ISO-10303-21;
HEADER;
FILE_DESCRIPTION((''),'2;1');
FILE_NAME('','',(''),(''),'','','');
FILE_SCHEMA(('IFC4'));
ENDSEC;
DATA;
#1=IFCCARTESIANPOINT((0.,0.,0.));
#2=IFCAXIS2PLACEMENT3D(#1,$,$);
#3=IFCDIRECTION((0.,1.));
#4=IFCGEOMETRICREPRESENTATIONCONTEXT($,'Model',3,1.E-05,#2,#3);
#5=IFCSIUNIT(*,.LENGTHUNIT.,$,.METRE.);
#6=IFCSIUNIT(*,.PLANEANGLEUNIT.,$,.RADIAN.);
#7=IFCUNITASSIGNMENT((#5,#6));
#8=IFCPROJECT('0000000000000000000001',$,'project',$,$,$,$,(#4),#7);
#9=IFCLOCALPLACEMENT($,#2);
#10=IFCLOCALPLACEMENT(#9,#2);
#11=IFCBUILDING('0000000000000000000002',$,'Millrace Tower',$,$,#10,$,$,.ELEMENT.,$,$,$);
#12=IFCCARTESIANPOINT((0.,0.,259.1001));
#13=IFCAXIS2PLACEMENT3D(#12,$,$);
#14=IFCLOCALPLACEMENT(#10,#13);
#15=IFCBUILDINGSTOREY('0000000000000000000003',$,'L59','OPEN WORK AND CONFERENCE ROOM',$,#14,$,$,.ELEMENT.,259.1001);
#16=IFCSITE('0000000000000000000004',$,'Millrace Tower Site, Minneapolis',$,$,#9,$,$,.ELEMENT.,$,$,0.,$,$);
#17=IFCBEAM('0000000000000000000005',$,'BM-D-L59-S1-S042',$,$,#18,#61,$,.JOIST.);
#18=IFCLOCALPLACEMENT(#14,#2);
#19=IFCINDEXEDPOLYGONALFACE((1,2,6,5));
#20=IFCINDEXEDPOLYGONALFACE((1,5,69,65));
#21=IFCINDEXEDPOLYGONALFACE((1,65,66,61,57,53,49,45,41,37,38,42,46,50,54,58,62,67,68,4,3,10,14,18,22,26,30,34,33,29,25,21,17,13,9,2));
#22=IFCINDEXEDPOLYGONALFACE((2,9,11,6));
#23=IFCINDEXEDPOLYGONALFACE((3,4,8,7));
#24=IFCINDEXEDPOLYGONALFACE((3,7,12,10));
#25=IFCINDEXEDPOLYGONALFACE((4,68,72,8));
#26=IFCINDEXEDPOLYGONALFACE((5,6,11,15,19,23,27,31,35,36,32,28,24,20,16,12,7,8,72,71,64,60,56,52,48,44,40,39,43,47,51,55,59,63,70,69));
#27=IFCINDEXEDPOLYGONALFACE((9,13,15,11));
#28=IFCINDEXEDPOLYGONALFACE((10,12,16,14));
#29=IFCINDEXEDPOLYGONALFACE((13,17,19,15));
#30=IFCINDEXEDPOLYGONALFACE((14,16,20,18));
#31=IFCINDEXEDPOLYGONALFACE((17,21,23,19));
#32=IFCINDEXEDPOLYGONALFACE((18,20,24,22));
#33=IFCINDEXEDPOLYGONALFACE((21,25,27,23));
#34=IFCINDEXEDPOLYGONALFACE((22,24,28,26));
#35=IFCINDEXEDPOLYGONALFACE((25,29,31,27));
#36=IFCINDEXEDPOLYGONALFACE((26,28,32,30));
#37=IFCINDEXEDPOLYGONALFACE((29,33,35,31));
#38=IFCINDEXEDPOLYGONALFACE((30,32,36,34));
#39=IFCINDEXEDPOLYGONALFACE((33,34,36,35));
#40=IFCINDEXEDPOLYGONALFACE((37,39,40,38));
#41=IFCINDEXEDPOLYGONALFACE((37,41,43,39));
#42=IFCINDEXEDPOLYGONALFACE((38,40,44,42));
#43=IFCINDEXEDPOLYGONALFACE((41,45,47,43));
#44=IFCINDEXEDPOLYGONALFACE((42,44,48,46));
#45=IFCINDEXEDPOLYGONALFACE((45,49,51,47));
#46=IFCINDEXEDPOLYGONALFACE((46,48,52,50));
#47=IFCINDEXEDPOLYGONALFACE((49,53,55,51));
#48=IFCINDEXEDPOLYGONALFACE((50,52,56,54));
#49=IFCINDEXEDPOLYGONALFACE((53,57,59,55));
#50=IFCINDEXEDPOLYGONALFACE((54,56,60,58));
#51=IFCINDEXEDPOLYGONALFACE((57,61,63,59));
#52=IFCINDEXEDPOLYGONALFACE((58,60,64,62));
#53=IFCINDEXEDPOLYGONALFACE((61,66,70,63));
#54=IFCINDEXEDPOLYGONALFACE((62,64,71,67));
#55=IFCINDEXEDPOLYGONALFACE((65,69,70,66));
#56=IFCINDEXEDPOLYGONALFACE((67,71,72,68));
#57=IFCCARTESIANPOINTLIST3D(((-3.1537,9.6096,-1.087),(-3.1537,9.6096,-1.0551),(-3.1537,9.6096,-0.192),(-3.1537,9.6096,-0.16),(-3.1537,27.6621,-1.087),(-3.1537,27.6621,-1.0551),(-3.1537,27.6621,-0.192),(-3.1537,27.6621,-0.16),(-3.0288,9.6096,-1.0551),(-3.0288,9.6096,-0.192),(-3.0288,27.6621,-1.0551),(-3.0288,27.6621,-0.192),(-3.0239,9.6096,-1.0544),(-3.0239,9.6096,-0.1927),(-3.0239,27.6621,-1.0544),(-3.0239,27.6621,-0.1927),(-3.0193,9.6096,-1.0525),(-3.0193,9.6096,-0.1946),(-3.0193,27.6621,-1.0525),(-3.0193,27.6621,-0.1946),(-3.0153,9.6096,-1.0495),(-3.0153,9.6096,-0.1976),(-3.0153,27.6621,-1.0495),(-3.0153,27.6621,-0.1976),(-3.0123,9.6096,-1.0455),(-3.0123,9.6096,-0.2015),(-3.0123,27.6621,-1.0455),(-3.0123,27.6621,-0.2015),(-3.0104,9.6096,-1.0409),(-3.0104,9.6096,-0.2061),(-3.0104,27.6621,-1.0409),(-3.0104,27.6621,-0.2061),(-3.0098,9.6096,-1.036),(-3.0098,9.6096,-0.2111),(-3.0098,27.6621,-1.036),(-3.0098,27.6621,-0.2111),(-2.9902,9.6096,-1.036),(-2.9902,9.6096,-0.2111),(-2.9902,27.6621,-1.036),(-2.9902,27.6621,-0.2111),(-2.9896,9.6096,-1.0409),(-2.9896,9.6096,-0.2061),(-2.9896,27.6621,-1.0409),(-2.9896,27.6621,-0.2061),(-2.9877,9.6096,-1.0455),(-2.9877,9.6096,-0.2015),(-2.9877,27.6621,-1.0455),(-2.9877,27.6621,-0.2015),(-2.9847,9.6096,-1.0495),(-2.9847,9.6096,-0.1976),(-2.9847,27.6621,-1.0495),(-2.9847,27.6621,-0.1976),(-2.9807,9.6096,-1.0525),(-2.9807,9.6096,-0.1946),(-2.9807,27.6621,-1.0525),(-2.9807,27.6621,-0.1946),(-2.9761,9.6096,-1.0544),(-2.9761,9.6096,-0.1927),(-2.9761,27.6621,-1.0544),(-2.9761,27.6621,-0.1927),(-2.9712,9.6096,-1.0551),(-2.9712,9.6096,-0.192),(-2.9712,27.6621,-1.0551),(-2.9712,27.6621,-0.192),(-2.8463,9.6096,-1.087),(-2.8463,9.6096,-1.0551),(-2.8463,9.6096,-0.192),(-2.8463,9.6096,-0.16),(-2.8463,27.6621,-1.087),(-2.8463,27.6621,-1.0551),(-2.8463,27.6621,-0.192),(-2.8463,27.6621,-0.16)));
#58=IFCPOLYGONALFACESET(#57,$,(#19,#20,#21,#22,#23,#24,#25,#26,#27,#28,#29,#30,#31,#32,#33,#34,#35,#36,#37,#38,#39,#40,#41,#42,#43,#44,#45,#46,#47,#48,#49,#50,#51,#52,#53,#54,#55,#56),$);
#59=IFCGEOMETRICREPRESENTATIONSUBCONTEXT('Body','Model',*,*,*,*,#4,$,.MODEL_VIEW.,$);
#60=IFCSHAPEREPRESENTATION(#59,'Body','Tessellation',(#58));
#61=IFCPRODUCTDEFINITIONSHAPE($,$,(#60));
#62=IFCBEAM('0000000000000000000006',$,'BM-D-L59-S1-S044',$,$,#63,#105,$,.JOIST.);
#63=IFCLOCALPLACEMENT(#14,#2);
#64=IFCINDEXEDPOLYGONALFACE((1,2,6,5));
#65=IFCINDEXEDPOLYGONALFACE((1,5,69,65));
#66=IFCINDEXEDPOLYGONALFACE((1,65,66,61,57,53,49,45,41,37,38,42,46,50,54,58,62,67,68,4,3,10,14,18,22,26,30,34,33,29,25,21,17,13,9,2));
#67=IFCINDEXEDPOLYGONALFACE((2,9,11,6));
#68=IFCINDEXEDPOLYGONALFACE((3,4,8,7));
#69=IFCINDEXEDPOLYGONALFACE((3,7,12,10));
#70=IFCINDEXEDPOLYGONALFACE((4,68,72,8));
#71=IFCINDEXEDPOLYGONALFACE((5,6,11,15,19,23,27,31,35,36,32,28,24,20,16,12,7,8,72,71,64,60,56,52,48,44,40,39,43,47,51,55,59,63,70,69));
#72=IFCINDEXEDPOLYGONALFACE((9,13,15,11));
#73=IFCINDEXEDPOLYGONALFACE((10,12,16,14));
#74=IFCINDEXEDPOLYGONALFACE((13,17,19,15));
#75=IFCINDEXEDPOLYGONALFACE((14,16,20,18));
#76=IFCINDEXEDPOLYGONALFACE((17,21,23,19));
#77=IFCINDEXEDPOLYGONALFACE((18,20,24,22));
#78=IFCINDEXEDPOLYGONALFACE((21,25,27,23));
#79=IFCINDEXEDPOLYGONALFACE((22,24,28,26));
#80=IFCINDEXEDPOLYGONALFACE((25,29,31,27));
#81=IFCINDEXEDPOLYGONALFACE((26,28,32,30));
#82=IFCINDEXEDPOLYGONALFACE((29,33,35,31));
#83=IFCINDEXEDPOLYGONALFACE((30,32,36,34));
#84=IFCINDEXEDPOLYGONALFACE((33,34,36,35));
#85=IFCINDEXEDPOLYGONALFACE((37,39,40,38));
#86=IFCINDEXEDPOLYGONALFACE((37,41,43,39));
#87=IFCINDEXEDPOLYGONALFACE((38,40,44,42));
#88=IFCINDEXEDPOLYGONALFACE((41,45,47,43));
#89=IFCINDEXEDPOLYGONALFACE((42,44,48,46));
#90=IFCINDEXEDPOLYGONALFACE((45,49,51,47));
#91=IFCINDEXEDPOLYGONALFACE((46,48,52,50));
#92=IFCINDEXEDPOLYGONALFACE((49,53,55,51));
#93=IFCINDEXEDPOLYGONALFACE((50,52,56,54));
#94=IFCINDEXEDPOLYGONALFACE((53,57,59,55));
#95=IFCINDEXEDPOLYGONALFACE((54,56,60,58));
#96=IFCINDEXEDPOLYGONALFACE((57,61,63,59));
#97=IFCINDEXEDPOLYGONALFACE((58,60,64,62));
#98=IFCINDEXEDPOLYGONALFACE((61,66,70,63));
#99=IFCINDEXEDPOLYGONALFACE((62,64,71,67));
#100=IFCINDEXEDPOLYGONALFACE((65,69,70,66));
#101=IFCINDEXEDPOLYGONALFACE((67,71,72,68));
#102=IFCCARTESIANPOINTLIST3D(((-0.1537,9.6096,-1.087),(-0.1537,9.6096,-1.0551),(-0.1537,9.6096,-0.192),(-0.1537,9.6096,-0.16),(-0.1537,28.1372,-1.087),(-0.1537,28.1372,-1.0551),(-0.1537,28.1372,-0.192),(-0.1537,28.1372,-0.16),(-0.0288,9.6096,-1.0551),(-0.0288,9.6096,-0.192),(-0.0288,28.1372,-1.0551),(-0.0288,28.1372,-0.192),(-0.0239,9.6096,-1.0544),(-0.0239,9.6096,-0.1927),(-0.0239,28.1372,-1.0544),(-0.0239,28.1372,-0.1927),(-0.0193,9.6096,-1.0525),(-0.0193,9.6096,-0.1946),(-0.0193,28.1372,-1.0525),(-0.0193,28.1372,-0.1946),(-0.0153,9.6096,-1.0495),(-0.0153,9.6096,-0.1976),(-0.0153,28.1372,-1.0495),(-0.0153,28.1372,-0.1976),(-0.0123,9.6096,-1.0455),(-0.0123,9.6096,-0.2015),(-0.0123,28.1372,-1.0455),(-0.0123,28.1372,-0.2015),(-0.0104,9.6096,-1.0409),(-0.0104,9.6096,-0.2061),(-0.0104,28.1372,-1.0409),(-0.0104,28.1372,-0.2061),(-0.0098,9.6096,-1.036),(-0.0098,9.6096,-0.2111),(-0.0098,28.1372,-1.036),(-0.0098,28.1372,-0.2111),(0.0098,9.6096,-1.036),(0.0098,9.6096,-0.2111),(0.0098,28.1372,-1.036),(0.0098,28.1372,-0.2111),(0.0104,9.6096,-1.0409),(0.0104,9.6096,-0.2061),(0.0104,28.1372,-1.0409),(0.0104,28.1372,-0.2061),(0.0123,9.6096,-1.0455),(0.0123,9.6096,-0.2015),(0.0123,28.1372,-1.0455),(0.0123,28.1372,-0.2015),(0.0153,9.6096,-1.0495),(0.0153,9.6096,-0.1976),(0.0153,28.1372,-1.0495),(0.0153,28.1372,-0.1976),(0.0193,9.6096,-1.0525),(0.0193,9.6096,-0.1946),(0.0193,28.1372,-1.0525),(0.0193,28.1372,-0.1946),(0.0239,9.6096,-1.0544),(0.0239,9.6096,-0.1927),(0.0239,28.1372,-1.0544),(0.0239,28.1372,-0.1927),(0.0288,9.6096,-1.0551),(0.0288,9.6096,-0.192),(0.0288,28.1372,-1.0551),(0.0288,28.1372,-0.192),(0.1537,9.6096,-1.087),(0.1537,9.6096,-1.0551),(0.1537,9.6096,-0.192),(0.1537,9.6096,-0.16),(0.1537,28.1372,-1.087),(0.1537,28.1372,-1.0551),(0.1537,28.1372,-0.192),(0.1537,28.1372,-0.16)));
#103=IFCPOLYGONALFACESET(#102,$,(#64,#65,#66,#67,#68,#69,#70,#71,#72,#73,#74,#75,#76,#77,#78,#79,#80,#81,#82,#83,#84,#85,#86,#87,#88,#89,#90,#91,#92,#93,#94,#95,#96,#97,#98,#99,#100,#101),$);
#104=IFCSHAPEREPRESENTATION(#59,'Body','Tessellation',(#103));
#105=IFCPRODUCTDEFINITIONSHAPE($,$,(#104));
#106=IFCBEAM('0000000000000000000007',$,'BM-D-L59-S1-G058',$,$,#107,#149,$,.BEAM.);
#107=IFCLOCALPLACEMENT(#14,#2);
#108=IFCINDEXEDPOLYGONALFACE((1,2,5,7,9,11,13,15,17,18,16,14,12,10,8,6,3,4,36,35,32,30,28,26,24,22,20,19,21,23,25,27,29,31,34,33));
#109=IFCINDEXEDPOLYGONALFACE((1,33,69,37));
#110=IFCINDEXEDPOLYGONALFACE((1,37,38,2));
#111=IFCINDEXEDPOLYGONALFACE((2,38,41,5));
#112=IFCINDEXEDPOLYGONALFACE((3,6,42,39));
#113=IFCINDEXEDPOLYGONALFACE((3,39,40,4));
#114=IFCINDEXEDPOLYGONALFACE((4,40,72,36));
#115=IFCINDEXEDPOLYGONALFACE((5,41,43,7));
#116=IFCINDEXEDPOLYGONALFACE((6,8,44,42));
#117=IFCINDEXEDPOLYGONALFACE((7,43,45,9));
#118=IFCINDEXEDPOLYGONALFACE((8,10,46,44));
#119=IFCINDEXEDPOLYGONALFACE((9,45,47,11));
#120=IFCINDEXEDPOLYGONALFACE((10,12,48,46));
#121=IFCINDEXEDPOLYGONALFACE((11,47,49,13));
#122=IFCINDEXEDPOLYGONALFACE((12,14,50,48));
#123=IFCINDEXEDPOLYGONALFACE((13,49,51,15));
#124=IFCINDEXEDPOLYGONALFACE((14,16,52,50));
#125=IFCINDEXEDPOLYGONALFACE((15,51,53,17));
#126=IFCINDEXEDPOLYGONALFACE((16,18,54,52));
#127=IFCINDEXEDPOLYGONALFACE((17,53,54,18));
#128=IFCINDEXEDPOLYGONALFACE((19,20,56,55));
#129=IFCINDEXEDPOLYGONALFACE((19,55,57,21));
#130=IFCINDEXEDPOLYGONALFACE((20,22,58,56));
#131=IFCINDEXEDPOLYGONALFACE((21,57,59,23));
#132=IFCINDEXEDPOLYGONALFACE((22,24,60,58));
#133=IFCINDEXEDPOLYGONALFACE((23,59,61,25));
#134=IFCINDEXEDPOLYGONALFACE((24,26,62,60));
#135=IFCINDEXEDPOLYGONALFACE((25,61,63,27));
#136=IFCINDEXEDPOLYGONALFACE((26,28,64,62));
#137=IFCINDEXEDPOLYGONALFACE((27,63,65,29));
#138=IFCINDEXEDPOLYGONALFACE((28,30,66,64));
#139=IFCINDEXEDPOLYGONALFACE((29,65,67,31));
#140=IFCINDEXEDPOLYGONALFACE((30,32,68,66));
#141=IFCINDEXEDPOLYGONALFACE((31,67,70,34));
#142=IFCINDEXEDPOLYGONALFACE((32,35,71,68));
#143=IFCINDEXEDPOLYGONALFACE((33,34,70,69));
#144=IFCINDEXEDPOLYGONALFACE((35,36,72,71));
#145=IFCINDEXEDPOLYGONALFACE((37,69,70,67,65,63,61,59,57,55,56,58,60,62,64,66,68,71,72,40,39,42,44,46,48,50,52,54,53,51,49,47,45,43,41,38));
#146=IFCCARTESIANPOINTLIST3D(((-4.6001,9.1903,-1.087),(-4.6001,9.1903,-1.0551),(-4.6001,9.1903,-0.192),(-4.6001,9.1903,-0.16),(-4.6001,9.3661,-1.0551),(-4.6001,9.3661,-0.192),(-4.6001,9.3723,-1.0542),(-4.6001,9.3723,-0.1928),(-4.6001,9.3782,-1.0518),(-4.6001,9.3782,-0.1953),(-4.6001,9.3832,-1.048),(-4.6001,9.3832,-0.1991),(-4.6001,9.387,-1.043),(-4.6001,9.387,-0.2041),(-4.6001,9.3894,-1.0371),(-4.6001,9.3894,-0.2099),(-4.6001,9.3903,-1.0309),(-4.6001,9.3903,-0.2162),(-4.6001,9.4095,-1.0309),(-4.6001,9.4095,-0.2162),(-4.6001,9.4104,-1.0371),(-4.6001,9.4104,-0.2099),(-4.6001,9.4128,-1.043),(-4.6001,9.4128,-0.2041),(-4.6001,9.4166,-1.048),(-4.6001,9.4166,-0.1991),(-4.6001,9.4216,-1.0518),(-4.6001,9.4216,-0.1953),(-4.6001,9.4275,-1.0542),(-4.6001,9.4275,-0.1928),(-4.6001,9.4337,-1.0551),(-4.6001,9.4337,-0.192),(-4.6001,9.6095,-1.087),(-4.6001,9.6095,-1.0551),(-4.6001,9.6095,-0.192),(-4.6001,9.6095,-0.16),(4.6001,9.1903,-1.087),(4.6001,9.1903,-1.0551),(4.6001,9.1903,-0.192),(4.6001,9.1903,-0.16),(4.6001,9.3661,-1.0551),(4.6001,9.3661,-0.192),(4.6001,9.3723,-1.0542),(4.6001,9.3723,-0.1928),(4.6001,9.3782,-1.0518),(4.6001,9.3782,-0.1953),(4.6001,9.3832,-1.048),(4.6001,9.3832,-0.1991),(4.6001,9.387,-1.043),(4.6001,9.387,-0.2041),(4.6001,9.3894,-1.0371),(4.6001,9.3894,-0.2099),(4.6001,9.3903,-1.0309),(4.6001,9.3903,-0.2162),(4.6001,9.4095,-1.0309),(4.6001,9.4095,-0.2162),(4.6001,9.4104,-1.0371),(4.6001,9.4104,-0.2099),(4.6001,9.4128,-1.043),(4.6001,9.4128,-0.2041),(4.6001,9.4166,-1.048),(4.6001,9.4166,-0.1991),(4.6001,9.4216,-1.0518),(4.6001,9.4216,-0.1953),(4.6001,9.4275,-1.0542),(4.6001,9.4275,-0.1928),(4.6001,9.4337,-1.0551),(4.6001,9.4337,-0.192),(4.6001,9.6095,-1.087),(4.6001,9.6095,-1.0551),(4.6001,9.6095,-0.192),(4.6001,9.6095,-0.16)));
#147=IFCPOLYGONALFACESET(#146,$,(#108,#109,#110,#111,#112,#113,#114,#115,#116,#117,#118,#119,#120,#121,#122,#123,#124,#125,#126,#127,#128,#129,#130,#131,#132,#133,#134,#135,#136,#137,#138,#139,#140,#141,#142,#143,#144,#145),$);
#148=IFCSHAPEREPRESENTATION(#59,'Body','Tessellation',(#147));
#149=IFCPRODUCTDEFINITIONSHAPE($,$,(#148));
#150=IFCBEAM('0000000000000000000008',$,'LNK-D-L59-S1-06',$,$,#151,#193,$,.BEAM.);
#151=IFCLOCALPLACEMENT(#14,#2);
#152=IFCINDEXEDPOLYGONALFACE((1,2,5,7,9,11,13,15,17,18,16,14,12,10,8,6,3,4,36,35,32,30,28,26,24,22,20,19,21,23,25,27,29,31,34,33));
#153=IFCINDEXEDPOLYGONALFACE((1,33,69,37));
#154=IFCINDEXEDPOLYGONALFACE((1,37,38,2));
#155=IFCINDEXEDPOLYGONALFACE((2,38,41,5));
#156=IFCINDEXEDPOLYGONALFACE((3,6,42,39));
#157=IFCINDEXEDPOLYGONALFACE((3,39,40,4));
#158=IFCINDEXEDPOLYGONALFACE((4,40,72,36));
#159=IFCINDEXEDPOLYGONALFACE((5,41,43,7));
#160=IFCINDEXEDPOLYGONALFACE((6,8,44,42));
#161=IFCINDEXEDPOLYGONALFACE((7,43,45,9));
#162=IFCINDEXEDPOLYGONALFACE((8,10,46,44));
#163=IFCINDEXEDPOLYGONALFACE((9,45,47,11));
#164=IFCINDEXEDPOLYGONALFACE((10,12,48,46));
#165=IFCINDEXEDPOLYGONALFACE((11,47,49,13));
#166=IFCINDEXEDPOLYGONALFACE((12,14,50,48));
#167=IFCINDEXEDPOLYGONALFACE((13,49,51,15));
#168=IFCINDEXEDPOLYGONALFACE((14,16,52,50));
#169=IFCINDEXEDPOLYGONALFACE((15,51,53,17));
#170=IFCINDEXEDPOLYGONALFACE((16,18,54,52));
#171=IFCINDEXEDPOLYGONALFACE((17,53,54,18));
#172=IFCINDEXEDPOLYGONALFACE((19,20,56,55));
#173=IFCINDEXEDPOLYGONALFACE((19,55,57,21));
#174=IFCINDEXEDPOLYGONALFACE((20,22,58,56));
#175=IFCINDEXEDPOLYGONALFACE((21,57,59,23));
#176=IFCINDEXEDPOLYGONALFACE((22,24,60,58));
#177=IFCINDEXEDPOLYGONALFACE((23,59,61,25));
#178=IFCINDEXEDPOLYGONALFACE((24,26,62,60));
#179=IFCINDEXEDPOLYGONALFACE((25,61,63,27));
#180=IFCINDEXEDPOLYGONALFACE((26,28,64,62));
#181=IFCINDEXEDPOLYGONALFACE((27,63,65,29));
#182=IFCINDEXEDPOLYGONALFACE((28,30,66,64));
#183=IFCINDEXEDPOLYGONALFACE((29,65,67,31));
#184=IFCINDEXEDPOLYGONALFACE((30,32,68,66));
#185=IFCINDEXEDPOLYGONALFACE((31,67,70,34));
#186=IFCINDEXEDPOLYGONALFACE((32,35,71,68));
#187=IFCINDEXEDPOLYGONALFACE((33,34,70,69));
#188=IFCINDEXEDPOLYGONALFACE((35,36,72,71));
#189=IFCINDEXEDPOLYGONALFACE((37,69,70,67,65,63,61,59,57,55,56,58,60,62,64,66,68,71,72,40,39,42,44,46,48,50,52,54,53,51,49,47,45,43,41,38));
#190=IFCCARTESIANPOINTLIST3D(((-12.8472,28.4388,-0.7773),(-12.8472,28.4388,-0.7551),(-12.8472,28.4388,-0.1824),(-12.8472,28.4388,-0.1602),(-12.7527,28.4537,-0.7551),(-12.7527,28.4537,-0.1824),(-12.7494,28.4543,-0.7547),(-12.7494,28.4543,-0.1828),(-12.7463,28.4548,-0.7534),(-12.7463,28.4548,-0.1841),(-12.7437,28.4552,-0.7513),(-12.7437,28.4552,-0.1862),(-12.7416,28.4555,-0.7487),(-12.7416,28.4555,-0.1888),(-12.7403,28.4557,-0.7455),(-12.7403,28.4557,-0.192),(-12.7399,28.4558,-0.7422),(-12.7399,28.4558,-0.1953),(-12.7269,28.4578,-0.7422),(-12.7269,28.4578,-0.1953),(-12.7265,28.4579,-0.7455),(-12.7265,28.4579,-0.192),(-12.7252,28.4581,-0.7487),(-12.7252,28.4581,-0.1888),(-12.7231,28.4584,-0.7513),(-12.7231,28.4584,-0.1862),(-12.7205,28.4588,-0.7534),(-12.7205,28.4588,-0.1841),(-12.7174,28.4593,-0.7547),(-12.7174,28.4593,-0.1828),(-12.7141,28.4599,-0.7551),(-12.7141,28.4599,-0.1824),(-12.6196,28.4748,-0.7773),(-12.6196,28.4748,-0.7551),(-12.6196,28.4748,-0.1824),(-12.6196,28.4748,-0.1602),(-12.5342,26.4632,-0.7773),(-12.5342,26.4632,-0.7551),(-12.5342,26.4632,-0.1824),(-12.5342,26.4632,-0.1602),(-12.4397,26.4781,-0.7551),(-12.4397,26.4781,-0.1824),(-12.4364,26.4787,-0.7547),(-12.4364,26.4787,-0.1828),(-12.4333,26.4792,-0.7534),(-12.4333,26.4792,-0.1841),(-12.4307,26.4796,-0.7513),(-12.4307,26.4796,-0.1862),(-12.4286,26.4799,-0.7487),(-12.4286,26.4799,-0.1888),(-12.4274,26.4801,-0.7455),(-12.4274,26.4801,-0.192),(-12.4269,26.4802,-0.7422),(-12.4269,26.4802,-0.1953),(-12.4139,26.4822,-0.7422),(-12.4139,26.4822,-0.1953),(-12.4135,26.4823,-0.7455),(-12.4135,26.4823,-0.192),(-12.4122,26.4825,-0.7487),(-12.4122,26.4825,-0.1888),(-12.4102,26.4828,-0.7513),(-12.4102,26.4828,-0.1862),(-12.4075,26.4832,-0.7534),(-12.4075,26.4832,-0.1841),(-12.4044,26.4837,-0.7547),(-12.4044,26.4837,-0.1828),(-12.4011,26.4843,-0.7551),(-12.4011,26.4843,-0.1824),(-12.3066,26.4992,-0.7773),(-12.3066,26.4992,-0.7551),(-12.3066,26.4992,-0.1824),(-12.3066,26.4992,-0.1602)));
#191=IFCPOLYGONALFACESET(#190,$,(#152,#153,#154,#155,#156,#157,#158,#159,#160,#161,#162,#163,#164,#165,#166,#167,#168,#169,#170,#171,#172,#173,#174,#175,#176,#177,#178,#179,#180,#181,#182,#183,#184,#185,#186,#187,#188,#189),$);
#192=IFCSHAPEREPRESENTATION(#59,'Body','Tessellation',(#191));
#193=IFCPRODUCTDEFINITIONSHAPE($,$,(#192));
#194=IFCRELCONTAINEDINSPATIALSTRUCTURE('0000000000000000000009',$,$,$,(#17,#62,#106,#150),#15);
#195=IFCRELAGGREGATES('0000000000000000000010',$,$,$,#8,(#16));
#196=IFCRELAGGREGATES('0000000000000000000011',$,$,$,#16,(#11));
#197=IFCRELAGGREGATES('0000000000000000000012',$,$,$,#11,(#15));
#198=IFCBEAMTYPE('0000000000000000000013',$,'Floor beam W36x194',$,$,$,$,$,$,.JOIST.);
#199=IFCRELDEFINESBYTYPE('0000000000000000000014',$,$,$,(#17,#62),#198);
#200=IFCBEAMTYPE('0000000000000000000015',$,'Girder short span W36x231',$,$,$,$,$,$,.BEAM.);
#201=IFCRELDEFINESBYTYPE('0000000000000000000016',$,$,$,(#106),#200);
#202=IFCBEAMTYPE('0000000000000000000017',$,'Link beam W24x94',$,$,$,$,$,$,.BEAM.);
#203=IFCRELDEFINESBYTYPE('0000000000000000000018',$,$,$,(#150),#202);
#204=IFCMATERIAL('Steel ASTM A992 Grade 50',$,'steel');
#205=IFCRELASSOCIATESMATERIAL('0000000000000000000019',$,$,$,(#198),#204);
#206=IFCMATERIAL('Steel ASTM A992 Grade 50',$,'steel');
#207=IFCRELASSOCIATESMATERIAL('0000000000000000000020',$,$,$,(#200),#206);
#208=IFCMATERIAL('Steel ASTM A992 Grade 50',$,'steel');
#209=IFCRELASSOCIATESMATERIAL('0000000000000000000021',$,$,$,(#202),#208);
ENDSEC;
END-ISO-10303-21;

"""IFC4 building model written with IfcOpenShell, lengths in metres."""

from ifc_helpers import new_model, si_unit, direction, frame, origin, origin_2d, place, context, subcontext, project, spatial, i_section, extrude, material, material_profile, profile_set, type_object, element, save


model = new_model("IFC4")

# Units and contexts
model_context = context("Model", 3, precision=1e-05, world=origin(), true_north=direction((0.0, 1.0)))
body_context = subcontext(model_context, "Body", "Model", "MODEL_VIEW")
ifc_project = project(units=[si_unit("LENGTHUNIT", "METRE"), si_unit("PLANEANGLEUNIT", "RADIAN")], contexts=[model_context])

# Site, building, storey
site_placement = place(None, origin())
site = spatial("IfcSite", under=ifc_project, at=site_placement, Name="Millrace Tower Site, Minneapolis", CompositionType="ELEMENT", RefElevation=0.0)
building_placement = place(site_placement, origin())
building = spatial("IfcBuilding", under=site, at=building_placement, Name="Millrace Tower", CompositionType="ELEMENT")
storey_placement = place(building_placement, frame((0.0, 0.0, 259.1001)))
storey = spatial("IfcBuildingStorey", under=building, at=storey_placement, Name="L59", Description="OPEN WORK AND CONFERENCE ROOM", CompositionType="ELEMENT", Elevation=259.1001)

# Beams
ifc_material_1 = material(Name="Steel ASTM A992 Grade 50", Category="steel")
ifc_material_profile_1 = material_profile(ifc_material_1, i_section(OverallWidth=0.3074, OverallDepth=0.927, WebThickness=0.0195, FlangeThickness=0.032, FilletRadius=0.019, at=origin_2d()))
ifc_profile_set_1 = profile_set([ifc_material_profile_1], Name="Steel ASTM A992 Grade 50")
beam_type_1 = type_object("IfcBeamType", Name="Floor beam W36x194", PredefinedType="JOIST", material=ifc_profile_set_1)
beam_1_placement = place(storey_placement, frame((-3.0, 9.6096, -0.6235), z_axis=(0.0, 1.0, 0.0), x_axis=(-1.0, 0.0, 0.0)))
element("IfcBeam", 1, at=beam_1_placement, inside=storey, type_object=beam_type_1, Name="BM-D-L59-S1-S042", PredefinedType="JOIST", context=body_context, shape_type="SweptSolid", body=[
    extrude(i_section(OverallWidth=0.3074, OverallDepth=0.927, WebThickness=0.0195, FlangeThickness=0.032, FilletRadius=0.019, at=origin_2d()), origin(), (0.0, 0.0, 1.0), 18.0525),
])
beam_2_placement = place(storey_placement, frame((0.0, 9.6096, -0.6235), z_axis=(0.0, 1.0, 0.0), x_axis=(-1.0, 0.0, 0.0)))
element("IfcBeam", 2, at=beam_2_placement, inside=storey, type_object=beam_type_1, Name="BM-D-L59-S1-S044", PredefinedType="JOIST", context=body_context, shape_type="SweptSolid", body=[
    extrude(i_section(OverallWidth=0.3074, OverallDepth=0.927, WebThickness=0.0195, FlangeThickness=0.032, FilletRadius=0.019, at=origin_2d()), origin(), (0.0, 0.0, 1.0), 18.5276),
])
ifc_material_2 = material(Name="Steel ASTM A992 Grade 50", Category="steel")
ifc_material_profile_2 = material_profile(ifc_material_2, i_section(OverallWidth=0.4192, OverallDepth=0.927, WebThickness=0.0193, FlangeThickness=0.032, FilletRadius=0.0242, at=origin_2d()))
ifc_profile_set_2 = profile_set([ifc_material_profile_2], Name="Steel ASTM A992 Grade 50")
beam_type_2 = type_object("IfcBeamType", Name="Girder short span W36x231", PredefinedType="BEAM", material=ifc_profile_set_2)
beam_3_placement = place(storey_placement, frame((-4.6001, 9.3999, -0.6235), z_axis=(1.0, 0.0, 0.0), x_axis=(0.0, 1.0, 0.0)))
element("IfcBeam", 3, at=beam_3_placement, inside=storey, type_object=beam_type_2, Name="BM-D-L59-S1-G058", PredefinedType="BEAM", context=body_context, shape_type="SweptSolid", body=[
    extrude(i_section(OverallWidth=0.4192, OverallDepth=0.927, WebThickness=0.0193, FlangeThickness=0.032, FilletRadius=0.0242, at=origin_2d()), origin(), (0.0, 0.0, 1.0), 9.2002),
])
ifc_material_3 = material(Name="Steel ASTM A992 Grade 50", Category="steel")
ifc_material_profile_3 = material_profile(ifc_material_3, i_section(OverallWidth=0.2305, OverallDepth=0.6172, WebThickness=0.0132, FlangeThickness=0.0222, FilletRadius=0.0129, at=origin_2d()))
ifc_profile_set_3 = profile_set([ifc_material_profile_3], Name="Steel ASTM A992 Grade 50")
beam_type_3 = type_object("IfcBeamType", Name="Link beam W24x94", PredefinedType="BEAM", material=ifc_profile_set_3)
beam_4_placement = place(storey_placement, frame((-12.4204, 26.4812, -0.4688), z_axis=(-0.156477, 0.987682, 0.0), x_axis=(-0.987682, -0.156477, 0.0)))
element("IfcBeam", 4, at=beam_4_placement, inside=storey, type_object=beam_type_3, Name="LNK-D-L59-S1-06", PredefinedType="BEAM", context=body_context, shape_type="SweptSolid", body=[
    extrude(i_section(OverallWidth=0.2305, OverallDepth=0.6172, WebThickness=0.0132, FlangeThickness=0.0222, FilletRadius=0.0129, at=origin_2d()), origin(), (0.0, 0.0, 1.0), 2.0002),
])

save(model, "model.ifc")
